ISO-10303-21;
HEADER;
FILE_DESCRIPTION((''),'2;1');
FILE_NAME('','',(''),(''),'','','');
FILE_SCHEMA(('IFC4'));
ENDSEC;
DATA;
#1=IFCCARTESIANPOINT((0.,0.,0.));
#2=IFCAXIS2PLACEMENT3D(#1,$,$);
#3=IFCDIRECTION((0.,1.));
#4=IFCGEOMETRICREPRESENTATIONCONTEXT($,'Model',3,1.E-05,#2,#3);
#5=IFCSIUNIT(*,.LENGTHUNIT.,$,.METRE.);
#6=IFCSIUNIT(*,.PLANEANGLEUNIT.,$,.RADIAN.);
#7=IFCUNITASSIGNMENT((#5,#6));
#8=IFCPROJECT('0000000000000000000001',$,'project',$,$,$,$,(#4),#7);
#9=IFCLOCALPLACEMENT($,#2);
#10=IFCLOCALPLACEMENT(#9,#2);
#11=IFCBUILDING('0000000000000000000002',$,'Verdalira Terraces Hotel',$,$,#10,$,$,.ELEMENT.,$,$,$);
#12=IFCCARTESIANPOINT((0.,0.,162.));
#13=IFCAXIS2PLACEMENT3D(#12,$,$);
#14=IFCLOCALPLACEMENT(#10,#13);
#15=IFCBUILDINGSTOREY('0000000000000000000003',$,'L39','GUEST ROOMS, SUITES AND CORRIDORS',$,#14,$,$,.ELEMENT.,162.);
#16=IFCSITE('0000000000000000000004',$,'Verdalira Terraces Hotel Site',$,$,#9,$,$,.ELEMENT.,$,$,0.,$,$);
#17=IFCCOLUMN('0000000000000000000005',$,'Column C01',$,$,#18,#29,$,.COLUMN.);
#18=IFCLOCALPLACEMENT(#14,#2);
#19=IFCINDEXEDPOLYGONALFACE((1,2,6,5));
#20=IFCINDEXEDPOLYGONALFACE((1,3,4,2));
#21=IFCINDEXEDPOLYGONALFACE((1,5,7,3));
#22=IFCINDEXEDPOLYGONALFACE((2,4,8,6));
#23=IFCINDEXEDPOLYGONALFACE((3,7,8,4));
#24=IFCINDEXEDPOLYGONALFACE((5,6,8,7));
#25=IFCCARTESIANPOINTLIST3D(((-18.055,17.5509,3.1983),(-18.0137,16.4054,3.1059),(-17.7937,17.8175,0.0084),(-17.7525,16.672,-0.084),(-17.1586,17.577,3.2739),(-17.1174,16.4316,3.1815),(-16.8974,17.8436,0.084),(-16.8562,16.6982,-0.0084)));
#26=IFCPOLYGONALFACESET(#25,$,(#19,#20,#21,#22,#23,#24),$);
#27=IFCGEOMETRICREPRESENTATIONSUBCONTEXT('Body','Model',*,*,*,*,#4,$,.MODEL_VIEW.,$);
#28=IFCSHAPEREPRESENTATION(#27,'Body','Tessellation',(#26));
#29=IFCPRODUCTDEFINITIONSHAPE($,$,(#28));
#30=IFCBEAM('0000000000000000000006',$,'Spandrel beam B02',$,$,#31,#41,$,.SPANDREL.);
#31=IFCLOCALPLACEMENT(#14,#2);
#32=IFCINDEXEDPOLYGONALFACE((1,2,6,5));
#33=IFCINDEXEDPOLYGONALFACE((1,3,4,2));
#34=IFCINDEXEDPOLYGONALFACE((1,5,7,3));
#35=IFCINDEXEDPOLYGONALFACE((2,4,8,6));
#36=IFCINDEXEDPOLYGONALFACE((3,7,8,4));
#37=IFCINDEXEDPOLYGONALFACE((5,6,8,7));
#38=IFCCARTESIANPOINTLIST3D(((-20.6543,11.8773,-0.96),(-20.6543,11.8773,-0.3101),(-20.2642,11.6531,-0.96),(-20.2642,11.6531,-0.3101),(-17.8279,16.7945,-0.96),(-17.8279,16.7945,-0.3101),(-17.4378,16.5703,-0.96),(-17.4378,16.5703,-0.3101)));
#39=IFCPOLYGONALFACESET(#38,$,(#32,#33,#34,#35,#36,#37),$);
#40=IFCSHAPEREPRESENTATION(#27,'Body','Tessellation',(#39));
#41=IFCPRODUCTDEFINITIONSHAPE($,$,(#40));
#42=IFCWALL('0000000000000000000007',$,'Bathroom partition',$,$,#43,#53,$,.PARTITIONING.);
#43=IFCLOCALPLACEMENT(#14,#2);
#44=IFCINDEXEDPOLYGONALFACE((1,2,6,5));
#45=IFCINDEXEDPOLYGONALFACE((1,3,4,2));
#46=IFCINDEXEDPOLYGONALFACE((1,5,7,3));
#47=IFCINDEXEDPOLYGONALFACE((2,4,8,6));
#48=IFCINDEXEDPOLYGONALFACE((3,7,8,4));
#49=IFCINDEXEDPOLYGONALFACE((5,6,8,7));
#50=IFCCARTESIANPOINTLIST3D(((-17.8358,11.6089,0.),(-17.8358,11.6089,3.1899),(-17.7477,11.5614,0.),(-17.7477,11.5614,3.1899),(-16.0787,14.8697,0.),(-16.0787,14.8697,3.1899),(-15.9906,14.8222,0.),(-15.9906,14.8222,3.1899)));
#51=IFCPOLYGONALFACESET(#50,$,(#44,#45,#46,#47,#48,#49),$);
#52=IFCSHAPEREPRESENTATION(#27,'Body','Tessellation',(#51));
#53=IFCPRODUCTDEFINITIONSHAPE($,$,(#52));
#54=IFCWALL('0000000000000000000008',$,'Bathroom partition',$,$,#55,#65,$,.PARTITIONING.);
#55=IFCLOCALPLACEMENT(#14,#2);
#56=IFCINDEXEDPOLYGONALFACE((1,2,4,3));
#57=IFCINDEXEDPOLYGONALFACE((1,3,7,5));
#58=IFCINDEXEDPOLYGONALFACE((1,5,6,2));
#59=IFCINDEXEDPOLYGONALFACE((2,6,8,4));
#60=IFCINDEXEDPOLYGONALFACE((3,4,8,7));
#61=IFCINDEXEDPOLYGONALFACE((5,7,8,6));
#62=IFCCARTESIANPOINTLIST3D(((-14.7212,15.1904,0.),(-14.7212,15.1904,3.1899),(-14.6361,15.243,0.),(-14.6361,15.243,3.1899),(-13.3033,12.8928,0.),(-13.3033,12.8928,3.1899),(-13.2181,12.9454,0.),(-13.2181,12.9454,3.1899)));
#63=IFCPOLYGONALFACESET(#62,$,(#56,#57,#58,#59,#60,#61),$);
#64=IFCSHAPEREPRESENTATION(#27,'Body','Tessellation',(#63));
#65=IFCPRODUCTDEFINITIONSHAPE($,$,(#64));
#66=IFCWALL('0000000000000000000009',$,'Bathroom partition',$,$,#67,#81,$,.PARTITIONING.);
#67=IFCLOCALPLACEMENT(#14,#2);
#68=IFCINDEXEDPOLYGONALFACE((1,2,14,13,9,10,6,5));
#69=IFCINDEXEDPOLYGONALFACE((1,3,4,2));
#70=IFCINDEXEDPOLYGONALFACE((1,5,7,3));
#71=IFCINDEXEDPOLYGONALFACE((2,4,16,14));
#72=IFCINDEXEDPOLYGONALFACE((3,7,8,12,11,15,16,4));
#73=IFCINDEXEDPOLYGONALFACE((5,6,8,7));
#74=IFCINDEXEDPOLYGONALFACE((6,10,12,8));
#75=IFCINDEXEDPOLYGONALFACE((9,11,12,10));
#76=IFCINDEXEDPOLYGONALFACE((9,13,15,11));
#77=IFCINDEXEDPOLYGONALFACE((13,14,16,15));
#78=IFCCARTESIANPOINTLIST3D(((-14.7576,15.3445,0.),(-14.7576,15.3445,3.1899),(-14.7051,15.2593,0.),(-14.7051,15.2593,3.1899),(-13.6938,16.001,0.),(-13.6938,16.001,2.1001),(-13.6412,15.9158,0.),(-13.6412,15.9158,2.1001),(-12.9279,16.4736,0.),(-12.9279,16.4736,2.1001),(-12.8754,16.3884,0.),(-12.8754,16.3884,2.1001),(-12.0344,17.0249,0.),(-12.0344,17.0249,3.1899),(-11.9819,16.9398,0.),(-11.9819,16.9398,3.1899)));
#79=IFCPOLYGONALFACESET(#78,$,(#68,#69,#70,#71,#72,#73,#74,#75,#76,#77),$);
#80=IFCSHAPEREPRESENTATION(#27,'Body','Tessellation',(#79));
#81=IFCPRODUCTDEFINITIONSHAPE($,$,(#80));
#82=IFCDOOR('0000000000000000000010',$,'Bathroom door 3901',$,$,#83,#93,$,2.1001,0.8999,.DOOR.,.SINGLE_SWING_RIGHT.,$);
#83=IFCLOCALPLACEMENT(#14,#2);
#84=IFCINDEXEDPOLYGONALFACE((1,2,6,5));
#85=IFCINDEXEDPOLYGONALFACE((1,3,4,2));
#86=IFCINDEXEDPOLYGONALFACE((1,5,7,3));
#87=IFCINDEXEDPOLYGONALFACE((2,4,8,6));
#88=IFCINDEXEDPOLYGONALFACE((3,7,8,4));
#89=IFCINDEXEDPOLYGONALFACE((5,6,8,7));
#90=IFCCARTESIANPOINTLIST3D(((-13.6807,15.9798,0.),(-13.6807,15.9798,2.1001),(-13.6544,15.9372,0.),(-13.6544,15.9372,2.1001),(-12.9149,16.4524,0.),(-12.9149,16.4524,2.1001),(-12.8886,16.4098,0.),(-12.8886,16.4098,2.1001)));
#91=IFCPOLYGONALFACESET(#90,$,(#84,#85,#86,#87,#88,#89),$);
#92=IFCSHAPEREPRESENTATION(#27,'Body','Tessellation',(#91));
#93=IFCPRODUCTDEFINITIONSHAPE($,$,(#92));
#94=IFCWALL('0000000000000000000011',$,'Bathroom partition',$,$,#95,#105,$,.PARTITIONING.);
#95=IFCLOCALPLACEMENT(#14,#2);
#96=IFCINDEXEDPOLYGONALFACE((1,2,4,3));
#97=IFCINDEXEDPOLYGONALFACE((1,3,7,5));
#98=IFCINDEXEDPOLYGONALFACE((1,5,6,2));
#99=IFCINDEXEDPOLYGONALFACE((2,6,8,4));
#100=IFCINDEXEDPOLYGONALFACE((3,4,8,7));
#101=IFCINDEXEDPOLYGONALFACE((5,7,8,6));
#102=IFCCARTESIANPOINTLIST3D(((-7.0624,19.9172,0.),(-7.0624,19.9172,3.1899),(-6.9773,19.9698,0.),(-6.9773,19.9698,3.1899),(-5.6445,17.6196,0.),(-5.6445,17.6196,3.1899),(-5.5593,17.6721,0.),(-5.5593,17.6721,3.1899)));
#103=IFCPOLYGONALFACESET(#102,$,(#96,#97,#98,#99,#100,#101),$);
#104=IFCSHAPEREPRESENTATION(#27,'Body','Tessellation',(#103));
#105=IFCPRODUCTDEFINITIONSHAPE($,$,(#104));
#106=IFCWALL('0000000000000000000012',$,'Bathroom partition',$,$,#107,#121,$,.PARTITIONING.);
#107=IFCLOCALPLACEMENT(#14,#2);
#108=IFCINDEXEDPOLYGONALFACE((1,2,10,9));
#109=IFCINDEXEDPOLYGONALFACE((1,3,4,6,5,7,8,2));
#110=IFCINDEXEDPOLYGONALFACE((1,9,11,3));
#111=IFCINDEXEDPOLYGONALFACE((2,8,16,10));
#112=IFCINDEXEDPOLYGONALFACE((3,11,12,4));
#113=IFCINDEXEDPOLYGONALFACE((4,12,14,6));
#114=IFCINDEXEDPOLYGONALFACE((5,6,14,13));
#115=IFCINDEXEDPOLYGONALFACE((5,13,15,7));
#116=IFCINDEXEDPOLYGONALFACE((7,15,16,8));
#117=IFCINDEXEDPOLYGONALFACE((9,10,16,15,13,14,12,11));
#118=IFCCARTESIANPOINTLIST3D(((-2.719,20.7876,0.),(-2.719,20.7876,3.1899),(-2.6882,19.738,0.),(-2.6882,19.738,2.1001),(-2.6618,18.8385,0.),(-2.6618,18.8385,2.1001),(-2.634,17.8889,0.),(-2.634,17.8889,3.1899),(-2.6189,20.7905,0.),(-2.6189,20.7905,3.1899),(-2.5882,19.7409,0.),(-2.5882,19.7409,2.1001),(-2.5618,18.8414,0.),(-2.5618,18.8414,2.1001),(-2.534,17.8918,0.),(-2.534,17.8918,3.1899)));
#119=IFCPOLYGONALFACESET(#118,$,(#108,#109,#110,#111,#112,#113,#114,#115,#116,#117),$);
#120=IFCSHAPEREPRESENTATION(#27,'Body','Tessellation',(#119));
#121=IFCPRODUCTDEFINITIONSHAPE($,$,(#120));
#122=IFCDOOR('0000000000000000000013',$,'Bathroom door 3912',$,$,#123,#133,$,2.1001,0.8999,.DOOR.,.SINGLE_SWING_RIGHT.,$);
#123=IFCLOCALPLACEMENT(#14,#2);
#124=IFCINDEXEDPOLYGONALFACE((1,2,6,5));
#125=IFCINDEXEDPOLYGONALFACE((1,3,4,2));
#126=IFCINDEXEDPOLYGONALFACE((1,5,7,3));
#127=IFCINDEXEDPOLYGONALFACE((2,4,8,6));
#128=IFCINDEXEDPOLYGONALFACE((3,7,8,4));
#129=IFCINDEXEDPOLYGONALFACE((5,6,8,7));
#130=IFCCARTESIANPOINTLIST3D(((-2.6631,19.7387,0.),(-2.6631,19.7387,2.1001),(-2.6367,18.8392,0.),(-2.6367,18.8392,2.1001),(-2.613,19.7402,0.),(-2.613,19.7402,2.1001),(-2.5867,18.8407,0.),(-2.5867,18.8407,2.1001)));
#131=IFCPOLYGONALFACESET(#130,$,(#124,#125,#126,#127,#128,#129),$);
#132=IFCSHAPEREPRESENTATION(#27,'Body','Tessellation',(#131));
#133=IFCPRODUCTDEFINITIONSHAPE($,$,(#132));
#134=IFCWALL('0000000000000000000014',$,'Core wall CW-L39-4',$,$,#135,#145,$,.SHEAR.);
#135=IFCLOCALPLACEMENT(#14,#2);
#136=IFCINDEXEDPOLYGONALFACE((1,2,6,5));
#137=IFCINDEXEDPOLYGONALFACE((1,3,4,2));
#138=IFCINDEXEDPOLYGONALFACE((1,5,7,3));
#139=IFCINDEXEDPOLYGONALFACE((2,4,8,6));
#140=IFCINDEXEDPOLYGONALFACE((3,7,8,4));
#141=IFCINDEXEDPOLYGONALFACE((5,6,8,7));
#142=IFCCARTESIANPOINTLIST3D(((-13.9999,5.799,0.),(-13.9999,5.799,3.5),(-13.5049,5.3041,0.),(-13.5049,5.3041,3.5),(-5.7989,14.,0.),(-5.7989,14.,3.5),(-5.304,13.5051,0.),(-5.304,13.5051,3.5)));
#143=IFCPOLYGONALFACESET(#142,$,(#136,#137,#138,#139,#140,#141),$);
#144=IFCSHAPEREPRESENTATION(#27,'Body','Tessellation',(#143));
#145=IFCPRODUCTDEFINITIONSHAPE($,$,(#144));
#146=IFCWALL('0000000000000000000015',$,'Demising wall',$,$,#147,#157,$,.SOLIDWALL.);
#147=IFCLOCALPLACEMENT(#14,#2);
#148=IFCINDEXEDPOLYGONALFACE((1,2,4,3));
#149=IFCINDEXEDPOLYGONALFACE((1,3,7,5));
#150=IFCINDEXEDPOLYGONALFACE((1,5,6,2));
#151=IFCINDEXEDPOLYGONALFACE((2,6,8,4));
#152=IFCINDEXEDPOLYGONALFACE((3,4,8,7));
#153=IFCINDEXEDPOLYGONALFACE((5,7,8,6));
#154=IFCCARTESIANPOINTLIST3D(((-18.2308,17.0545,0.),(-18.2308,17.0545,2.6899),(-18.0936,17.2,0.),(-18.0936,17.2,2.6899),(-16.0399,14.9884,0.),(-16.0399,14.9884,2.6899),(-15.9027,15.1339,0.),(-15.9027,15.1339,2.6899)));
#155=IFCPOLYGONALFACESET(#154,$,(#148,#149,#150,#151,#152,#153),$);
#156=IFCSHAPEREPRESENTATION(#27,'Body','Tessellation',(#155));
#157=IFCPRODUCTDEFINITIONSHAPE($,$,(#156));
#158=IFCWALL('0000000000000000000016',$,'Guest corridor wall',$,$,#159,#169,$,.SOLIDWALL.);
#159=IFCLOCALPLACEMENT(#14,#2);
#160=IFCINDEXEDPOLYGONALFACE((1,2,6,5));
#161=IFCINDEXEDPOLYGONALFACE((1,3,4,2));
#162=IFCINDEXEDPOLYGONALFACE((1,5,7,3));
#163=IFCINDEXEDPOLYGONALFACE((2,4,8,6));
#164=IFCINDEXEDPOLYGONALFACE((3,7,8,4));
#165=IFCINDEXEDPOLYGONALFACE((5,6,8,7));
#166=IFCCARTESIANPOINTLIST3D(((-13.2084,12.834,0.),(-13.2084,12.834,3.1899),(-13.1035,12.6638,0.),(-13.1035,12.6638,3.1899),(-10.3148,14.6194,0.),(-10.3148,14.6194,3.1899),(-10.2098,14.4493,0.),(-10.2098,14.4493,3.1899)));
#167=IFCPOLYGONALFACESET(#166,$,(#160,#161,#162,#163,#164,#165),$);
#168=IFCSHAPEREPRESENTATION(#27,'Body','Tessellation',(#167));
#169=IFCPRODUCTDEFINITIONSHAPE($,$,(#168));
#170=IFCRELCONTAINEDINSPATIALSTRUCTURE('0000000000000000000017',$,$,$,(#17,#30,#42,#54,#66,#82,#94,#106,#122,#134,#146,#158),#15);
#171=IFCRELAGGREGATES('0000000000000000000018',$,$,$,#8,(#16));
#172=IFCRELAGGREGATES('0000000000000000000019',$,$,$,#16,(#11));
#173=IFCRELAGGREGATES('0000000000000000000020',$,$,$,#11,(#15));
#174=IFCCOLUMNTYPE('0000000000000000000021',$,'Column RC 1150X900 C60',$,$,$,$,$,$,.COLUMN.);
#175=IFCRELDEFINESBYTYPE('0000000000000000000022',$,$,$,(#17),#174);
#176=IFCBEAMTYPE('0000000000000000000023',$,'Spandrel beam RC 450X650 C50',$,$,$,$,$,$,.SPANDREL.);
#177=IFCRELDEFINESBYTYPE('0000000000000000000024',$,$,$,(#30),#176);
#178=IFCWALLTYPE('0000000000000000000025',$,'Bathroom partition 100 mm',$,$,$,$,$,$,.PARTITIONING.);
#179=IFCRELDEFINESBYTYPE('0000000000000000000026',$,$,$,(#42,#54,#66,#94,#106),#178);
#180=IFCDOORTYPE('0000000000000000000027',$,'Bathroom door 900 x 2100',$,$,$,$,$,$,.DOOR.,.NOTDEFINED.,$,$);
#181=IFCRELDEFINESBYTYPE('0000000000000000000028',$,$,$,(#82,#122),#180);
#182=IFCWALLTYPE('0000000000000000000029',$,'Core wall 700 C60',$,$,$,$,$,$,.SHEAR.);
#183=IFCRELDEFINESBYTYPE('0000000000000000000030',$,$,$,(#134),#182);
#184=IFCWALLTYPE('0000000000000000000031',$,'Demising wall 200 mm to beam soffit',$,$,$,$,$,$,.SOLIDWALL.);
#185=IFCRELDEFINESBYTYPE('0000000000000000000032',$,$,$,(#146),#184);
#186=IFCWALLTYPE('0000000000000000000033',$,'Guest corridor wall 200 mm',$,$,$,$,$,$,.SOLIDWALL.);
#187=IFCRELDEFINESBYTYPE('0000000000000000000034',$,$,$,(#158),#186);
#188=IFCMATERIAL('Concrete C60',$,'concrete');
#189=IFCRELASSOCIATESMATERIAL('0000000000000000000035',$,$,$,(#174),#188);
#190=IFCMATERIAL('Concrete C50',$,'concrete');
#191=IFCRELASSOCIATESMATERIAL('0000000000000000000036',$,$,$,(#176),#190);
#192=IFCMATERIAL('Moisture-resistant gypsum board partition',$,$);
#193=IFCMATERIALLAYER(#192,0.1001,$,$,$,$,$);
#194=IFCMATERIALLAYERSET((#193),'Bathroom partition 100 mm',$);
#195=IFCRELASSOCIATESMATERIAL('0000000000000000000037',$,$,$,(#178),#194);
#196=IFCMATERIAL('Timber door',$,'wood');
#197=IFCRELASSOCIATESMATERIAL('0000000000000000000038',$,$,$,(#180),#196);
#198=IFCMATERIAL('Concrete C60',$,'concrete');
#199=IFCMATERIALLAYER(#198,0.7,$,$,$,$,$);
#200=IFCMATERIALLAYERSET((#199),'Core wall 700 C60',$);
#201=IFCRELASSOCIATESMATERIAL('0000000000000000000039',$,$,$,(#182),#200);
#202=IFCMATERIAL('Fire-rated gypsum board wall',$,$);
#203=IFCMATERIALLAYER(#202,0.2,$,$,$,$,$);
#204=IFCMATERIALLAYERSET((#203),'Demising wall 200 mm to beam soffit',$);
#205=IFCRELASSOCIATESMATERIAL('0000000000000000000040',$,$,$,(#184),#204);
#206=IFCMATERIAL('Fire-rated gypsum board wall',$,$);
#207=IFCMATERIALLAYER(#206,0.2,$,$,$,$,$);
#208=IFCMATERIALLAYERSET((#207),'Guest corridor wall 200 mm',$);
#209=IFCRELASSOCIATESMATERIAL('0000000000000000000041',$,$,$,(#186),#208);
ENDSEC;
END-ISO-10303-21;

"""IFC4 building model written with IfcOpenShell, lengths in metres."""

from ifc_helpers import new_model, si_unit, direction, frame, frame_2d, origin, origin_2d, place, context, subcontext, project, spatial, rectangle, extrude, material, layer, layer_set, material_profile, profile_set, type_object, element, fill, save


model = new_model("IFC4")

# Units and contexts
model_context = context("Model", 3, precision=1e-05, world=origin(), true_north=direction((0.0, 1.0)))
body_context = subcontext(model_context, "Body", "Model", "MODEL_VIEW")
ifc_project = project(units=[si_unit("LENGTHUNIT", "METRE"), si_unit("PLANEANGLEUNIT", "RADIAN")], contexts=[model_context])

# Site, building, storey
site_placement = place(None, origin())
site = spatial("IfcSite", under=ifc_project, at=site_placement, Name="Verdalira Terraces Hotel Site", CompositionType="ELEMENT", RefElevation=0.0)
building_placement = place(site_placement, origin())
building = spatial("IfcBuilding", under=site, at=building_placement, Name="Verdalira Terraces Hotel", CompositionType="ELEMENT")
storey_placement = place(building_placement, frame((0.0, 0.0, 162.0)))
storey = spatial("IfcBuildingStorey", under=building, at=storey_placement, Name="L39", Description="GUEST ROOMS, SUITES AND CORRIDORS", CompositionType="ELEMENT", Elevation=162.0)

# Column
ifc_material_1 = material(Name="Concrete C60", Category="concrete")
ifc_material_profile_1 = material_profile(ifc_material_1, rectangle(XDim=1.1499, YDim=0.8999, at=origin_2d()), Name="RC 1150X900")
ifc_profile_set_1 = profile_set([ifc_material_profile_1], Name="Concrete C60")
column_type = type_object("IfcColumnType", Name="Column RC 1150X900 C60", PredefinedType="COLUMN", material=ifc_profile_set_1)
column_placement = place(storey_placement, frame((-17.325, 17.2578, 0.0), z_axis=(-0.081337, -0.083009, 0.993224), x_axis=(-0.035852, 0.996124, 0.080316)))
element("IfcColumn", 1, at=column_placement, inside=storey, type_object=column_type, Name="Column C01", PredefinedType="COLUMN", context=body_context, shape_type="SweptSolid", body=[
    extrude(rectangle(XDim=1.1499, YDim=0.8999, at=origin_2d()), origin(), (0.0, 0.0, 1.0), 3.2117),
])

# Beam
ifc_material_2 = material(Name="Concrete C50", Category="concrete")
ifc_material_profile_2 = material_profile(ifc_material_2, rectangle(XDim=0.45, YDim=0.6499, at=origin_2d()), Name="RC 450X650")
ifc_profile_set_2 = profile_set([ifc_material_profile_2], Name="Concrete C50")
beam_type = type_object("IfcBeamType", Name="Spandrel beam RC 450X650 C50", PredefinedType="SPANDREL", material=ifc_profile_set_2)
beam_placement = place(storey_placement, frame((-17.6328, 16.6824, -0.635), z_axis=(-0.498339, -0.866982, 0.0), x_axis=(0.866982, -0.498339, 0.0)))
element("IfcBeam", 2, at=beam_placement, inside=storey, type_object=beam_type, Name="Spandrel beam B02", PredefinedType="SPANDREL", context=body_context, shape_type="SweptSolid", body=[
    extrude(rectangle(XDim=0.45, YDim=0.6499, at=origin_2d()), origin(), (0.0, 0.0, 1.0), 5.6716),
])

# Walls
ifc_material_3 = material(Name="Moisture-resistant gypsum board partition")
ifc_layer_1 = layer(ifc_material_3, 0.1001)
ifc_layer_set_1 = layer_set([ifc_layer_1], Name="Bathroom partition 100 mm")
wall_type_1 = type_object("IfcWallType", Name="Bathroom partition 100 mm", PredefinedType="PARTITIONING", material=ifc_layer_set_1)
wall_1_placement = place(storey_placement, frame((-16.0347, 14.8459, 0.0), z_axis=(0.0, 0.0, 1.0), x_axis=(-0.474371, -0.880325, 0.0)))
element("IfcWall", 3, at=wall_1_placement, inside=storey, type_object=wall_type_1, Name="Bathroom partition", PredefinedType="PARTITIONING", context=body_context, shape_type="SweptSolid", body=[
    extrude(rectangle(XDim=3.7041, YDim=0.1001, at=frame_2d((1.8521, 0.0))), origin(), (0.0, 0.0, 1.0), 3.1899),
])
wall_2_placement = place(storey_placement, frame((-14.6787, 15.2168, 0.0), z_axis=(0.0, 0.0, 1.0), x_axis=(0.525187, -0.850987, 0.0)))
element("IfcWall", 4, at=wall_2_placement, inside=storey, type_object=wall_type_1, Name="Bathroom partition", PredefinedType="PARTITIONING", context=body_context, shape_type="SweptSolid", body=[
    extrude(rectangle(XDim=2.7, YDim=0.1001, at=frame_2d((1.3501, 0.0))), origin(), (0.0, 0.0, 1.0), 3.1899),
])

# Wall, opening, door
wall_3_placement = place(storey_placement, frame((-12.0081, 16.9824, 0.0), z_axis=(0.0, 0.0, 1.0), x_axis=(-0.851011, -0.525148, 0.0)))
wall_3 = element("IfcWall", 5, at=wall_3_placement, inside=storey, type_object=wall_type_1, Name="Bathroom partition", PredefinedType="PARTITIONING", context=body_context, shape_type="SweptSolid", body=[
    extrude(rectangle(XDim=3.2, YDim=0.1001, at=frame_2d((1.6001, 0.0))), origin(), (0.0, 0.0, 1.0), 3.1899),
])
opening_1_placement = place(wall_3_placement, frame((1.05, 0.0, 0.0)))
opening_1 = element("IfcOpeningElement", 6, at=opening_1_placement, cuts=wall_3, PredefinedType="OPENING", context=body_context, shape_type="SweptSolid", body=[
    extrude(rectangle(XDim=0.8999, YDim=2.1001, at=frame_2d((0.45, 1.05))), frame((0.0, 0.0601, 0.0), z_axis=(0.0, -1.0, 0.0), x_axis=(1.0, 0.0, 0.0)), (0.0, 0.0, 1.0), 0.1201),
])
ifc_material_4 = material(Name="Timber door", Category="wood")
door_type_1 = type_object("IfcDoorType", Name="Bathroom door 900 x 2100", OperationType="NOTDEFINED", PredefinedType="DOOR", material=ifc_material_4)
door_1_placement = place(opening_1_placement, origin())
door_1 = element("IfcDoor", 7, at=door_1_placement, inside=storey, type_object=door_type_1, Name="Bathroom door 3901", OperationType="SINGLE_SWING_RIGHT", OverallHeight=2.1001, OverallWidth=0.8999, PredefinedType="DOOR", context=body_context, shape_type="SweptSolid", body=[
    extrude(rectangle(XDim=0.8999, YDim=2.1001, at=frame_2d((0.45, 1.05))), frame((0.0, 0.0249, 0.0), z_axis=(0.0, -1.0, 0.0), x_axis=(1.0, 0.0, 0.0)), (0.0, 0.0, 1.0), 0.05),
])
fill(opening_1, door_1)

# Wall
wall_4_placement = place(storey_placement, frame((-5.6018, 17.6458, 0.0), z_axis=(0.0, 0.0, 1.0), x_axis=(-0.525187, 0.850987, 0.0)))
element("IfcWall", 8, at=wall_4_placement, inside=storey, type_object=wall_type_1, Name="Bathroom partition", PredefinedType="PARTITIONING", context=body_context, shape_type="SweptSolid", body=[
    extrude(rectangle(XDim=2.7, YDim=0.1001, at=frame_2d((1.3501, 0.0))), origin(), (0.0, 0.0, 1.0), 3.1899),
])

# Wall, opening, door
wall_5_placement = place(storey_placement, frame((-2.584, 17.8904, 0.0), z_axis=(0.0, 0.0, 1.0), x_axis=(-0.029298, 0.999571, 0.0)))
wall_5 = element("IfcWall", 9, at=wall_5_placement, inside=storey, type_object=wall_type_1, Name="Bathroom partition", PredefinedType="PARTITIONING", context=body_context, shape_type="SweptSolid", body=[
    extrude(rectangle(XDim=2.8999, YDim=0.1001, at=frame_2d((1.45, 0.0))), origin(), (0.0, 0.0, 1.0), 3.1899),
])
opening_2_placement = place(wall_5_placement, frame((0.95, 0.0, 0.0)))
opening_2 = element("IfcOpeningElement", 10, at=opening_2_placement, cuts=wall_5, PredefinedType="OPENING", context=body_context, shape_type="SweptSolid", body=[
    extrude(rectangle(XDim=0.8999, YDim=2.1001, at=frame_2d((0.45, 1.05))), frame((0.0, 0.0601, 0.0), z_axis=(0.0, -1.0, 0.0), x_axis=(1.0, 0.0, 0.0)), (0.0, 0.0, 1.0), 0.1201),
])
door_2_placement = place(opening_2_placement, origin())
door_2 = element("IfcDoor", 11, at=door_2_placement, inside=storey, type_object=door_type_1, Name="Bathroom door 3912", OperationType="SINGLE_SWING_RIGHT", OverallHeight=2.1001, OverallWidth=0.8999, PredefinedType="DOOR", context=body_context, shape_type="SweptSolid", body=[
    extrude(rectangle(XDim=0.8999, YDim=2.1001, at=frame_2d((0.45, 1.05))), frame((0.0, 0.0249, 0.0), z_axis=(0.0, -1.0, 0.0), x_axis=(1.0, 0.0, 0.0)), (0.0, 0.0, 1.0), 0.05),
])
fill(opening_2, door_2)

# Walls
ifc_material_5 = material(Name="Concrete C60", Category="concrete")
ifc_layer_2 = layer(ifc_material_5, 0.7)
ifc_layer_set_2 = layer_set([ifc_layer_2], Name="Core wall 700 C60")
wall_type_2 = type_object("IfcWallType", Name="Core wall 700 C60", PredefinedType="SHEAR", material=ifc_layer_set_2)
wall_6_placement = place(storey_placement, frame((-5.5515, 13.7524, 0.0), z_axis=(0.0, 0.0, 1.0), x_axis=(-0.707107, -0.707107, 0.0)))
element("IfcWall", 12, at=wall_6_placement, inside=storey, type_object=wall_type_2, Name="Core wall CW-L39-4", PredefinedType="SHEAR", context=body_context, shape_type="SweptSolid", body=[
    extrude(rectangle(XDim=11.5979, YDim=0.7, at=frame_2d((5.7988, 0.0))), origin(), (0.0, 0.0, 1.0), 3.5),
])
ifc_material_6 = material(Name="Fire-rated gypsum board wall")
ifc_layer_3 = layer(ifc_material_6, 0.2)
ifc_layer_set_3 = layer_set([ifc_layer_3], Name="Demising wall 200 mm to beam soffit")
wall_type_3 = type_object("IfcWallType", Name="Demising wall 200 mm to beam soffit", PredefinedType="SOLIDWALL", material=ifc_layer_set_3)
wall_7_placement = place(storey_placement, frame((-15.9712, 15.061, 0.0), z_axis=(0.0, 0.0, 1.0), x_axis=(-0.727517, 0.68609, 0.0)))
element("IfcWall", 13, at=wall_7_placement, inside=storey, type_object=wall_type_3, Name="Demising wall", PredefinedType="SOLIDWALL", context=body_context, shape_type="SweptSolid", body=[
    extrude(rectangle(XDim=3.0115, YDim=0.2, at=frame_2d((1.5059, 0.0))), origin(), (0.0, 0.0, 1.0), 2.6899),
])
ifc_material_7 = material(Name="Fire-rated gypsum board wall")
ifc_layer_4 = layer(ifc_material_7, 0.2)
ifc_layer_set_4 = layer_set([ifc_layer_4], Name="Guest corridor wall 200 mm")
wall_type_4 = type_object("IfcWallType", Name="Guest corridor wall 200 mm", PredefinedType="SOLIDWALL", material=ifc_layer_set_4)
wall_8_placement = place(storey_placement, frame((-10.2622, 14.5344, 0.0), z_axis=(0.0, 0.0, 1.0), x_axis=(-0.851034, -0.525111, 0.0)))
element("IfcWall", 14, at=wall_8_placement, inside=storey, type_object=wall_type_4, Name="Guest corridor wall", PredefinedType="SOLIDWALL", context=body_context, shape_type="SweptSolid", body=[
    extrude(rectangle(XDim=3.4001, YDim=0.2, at=frame_2d((1.7002, 0.0))), origin(), (0.0, 0.0, 1.0), 3.1899),
])

save(model, "model.ifc")
